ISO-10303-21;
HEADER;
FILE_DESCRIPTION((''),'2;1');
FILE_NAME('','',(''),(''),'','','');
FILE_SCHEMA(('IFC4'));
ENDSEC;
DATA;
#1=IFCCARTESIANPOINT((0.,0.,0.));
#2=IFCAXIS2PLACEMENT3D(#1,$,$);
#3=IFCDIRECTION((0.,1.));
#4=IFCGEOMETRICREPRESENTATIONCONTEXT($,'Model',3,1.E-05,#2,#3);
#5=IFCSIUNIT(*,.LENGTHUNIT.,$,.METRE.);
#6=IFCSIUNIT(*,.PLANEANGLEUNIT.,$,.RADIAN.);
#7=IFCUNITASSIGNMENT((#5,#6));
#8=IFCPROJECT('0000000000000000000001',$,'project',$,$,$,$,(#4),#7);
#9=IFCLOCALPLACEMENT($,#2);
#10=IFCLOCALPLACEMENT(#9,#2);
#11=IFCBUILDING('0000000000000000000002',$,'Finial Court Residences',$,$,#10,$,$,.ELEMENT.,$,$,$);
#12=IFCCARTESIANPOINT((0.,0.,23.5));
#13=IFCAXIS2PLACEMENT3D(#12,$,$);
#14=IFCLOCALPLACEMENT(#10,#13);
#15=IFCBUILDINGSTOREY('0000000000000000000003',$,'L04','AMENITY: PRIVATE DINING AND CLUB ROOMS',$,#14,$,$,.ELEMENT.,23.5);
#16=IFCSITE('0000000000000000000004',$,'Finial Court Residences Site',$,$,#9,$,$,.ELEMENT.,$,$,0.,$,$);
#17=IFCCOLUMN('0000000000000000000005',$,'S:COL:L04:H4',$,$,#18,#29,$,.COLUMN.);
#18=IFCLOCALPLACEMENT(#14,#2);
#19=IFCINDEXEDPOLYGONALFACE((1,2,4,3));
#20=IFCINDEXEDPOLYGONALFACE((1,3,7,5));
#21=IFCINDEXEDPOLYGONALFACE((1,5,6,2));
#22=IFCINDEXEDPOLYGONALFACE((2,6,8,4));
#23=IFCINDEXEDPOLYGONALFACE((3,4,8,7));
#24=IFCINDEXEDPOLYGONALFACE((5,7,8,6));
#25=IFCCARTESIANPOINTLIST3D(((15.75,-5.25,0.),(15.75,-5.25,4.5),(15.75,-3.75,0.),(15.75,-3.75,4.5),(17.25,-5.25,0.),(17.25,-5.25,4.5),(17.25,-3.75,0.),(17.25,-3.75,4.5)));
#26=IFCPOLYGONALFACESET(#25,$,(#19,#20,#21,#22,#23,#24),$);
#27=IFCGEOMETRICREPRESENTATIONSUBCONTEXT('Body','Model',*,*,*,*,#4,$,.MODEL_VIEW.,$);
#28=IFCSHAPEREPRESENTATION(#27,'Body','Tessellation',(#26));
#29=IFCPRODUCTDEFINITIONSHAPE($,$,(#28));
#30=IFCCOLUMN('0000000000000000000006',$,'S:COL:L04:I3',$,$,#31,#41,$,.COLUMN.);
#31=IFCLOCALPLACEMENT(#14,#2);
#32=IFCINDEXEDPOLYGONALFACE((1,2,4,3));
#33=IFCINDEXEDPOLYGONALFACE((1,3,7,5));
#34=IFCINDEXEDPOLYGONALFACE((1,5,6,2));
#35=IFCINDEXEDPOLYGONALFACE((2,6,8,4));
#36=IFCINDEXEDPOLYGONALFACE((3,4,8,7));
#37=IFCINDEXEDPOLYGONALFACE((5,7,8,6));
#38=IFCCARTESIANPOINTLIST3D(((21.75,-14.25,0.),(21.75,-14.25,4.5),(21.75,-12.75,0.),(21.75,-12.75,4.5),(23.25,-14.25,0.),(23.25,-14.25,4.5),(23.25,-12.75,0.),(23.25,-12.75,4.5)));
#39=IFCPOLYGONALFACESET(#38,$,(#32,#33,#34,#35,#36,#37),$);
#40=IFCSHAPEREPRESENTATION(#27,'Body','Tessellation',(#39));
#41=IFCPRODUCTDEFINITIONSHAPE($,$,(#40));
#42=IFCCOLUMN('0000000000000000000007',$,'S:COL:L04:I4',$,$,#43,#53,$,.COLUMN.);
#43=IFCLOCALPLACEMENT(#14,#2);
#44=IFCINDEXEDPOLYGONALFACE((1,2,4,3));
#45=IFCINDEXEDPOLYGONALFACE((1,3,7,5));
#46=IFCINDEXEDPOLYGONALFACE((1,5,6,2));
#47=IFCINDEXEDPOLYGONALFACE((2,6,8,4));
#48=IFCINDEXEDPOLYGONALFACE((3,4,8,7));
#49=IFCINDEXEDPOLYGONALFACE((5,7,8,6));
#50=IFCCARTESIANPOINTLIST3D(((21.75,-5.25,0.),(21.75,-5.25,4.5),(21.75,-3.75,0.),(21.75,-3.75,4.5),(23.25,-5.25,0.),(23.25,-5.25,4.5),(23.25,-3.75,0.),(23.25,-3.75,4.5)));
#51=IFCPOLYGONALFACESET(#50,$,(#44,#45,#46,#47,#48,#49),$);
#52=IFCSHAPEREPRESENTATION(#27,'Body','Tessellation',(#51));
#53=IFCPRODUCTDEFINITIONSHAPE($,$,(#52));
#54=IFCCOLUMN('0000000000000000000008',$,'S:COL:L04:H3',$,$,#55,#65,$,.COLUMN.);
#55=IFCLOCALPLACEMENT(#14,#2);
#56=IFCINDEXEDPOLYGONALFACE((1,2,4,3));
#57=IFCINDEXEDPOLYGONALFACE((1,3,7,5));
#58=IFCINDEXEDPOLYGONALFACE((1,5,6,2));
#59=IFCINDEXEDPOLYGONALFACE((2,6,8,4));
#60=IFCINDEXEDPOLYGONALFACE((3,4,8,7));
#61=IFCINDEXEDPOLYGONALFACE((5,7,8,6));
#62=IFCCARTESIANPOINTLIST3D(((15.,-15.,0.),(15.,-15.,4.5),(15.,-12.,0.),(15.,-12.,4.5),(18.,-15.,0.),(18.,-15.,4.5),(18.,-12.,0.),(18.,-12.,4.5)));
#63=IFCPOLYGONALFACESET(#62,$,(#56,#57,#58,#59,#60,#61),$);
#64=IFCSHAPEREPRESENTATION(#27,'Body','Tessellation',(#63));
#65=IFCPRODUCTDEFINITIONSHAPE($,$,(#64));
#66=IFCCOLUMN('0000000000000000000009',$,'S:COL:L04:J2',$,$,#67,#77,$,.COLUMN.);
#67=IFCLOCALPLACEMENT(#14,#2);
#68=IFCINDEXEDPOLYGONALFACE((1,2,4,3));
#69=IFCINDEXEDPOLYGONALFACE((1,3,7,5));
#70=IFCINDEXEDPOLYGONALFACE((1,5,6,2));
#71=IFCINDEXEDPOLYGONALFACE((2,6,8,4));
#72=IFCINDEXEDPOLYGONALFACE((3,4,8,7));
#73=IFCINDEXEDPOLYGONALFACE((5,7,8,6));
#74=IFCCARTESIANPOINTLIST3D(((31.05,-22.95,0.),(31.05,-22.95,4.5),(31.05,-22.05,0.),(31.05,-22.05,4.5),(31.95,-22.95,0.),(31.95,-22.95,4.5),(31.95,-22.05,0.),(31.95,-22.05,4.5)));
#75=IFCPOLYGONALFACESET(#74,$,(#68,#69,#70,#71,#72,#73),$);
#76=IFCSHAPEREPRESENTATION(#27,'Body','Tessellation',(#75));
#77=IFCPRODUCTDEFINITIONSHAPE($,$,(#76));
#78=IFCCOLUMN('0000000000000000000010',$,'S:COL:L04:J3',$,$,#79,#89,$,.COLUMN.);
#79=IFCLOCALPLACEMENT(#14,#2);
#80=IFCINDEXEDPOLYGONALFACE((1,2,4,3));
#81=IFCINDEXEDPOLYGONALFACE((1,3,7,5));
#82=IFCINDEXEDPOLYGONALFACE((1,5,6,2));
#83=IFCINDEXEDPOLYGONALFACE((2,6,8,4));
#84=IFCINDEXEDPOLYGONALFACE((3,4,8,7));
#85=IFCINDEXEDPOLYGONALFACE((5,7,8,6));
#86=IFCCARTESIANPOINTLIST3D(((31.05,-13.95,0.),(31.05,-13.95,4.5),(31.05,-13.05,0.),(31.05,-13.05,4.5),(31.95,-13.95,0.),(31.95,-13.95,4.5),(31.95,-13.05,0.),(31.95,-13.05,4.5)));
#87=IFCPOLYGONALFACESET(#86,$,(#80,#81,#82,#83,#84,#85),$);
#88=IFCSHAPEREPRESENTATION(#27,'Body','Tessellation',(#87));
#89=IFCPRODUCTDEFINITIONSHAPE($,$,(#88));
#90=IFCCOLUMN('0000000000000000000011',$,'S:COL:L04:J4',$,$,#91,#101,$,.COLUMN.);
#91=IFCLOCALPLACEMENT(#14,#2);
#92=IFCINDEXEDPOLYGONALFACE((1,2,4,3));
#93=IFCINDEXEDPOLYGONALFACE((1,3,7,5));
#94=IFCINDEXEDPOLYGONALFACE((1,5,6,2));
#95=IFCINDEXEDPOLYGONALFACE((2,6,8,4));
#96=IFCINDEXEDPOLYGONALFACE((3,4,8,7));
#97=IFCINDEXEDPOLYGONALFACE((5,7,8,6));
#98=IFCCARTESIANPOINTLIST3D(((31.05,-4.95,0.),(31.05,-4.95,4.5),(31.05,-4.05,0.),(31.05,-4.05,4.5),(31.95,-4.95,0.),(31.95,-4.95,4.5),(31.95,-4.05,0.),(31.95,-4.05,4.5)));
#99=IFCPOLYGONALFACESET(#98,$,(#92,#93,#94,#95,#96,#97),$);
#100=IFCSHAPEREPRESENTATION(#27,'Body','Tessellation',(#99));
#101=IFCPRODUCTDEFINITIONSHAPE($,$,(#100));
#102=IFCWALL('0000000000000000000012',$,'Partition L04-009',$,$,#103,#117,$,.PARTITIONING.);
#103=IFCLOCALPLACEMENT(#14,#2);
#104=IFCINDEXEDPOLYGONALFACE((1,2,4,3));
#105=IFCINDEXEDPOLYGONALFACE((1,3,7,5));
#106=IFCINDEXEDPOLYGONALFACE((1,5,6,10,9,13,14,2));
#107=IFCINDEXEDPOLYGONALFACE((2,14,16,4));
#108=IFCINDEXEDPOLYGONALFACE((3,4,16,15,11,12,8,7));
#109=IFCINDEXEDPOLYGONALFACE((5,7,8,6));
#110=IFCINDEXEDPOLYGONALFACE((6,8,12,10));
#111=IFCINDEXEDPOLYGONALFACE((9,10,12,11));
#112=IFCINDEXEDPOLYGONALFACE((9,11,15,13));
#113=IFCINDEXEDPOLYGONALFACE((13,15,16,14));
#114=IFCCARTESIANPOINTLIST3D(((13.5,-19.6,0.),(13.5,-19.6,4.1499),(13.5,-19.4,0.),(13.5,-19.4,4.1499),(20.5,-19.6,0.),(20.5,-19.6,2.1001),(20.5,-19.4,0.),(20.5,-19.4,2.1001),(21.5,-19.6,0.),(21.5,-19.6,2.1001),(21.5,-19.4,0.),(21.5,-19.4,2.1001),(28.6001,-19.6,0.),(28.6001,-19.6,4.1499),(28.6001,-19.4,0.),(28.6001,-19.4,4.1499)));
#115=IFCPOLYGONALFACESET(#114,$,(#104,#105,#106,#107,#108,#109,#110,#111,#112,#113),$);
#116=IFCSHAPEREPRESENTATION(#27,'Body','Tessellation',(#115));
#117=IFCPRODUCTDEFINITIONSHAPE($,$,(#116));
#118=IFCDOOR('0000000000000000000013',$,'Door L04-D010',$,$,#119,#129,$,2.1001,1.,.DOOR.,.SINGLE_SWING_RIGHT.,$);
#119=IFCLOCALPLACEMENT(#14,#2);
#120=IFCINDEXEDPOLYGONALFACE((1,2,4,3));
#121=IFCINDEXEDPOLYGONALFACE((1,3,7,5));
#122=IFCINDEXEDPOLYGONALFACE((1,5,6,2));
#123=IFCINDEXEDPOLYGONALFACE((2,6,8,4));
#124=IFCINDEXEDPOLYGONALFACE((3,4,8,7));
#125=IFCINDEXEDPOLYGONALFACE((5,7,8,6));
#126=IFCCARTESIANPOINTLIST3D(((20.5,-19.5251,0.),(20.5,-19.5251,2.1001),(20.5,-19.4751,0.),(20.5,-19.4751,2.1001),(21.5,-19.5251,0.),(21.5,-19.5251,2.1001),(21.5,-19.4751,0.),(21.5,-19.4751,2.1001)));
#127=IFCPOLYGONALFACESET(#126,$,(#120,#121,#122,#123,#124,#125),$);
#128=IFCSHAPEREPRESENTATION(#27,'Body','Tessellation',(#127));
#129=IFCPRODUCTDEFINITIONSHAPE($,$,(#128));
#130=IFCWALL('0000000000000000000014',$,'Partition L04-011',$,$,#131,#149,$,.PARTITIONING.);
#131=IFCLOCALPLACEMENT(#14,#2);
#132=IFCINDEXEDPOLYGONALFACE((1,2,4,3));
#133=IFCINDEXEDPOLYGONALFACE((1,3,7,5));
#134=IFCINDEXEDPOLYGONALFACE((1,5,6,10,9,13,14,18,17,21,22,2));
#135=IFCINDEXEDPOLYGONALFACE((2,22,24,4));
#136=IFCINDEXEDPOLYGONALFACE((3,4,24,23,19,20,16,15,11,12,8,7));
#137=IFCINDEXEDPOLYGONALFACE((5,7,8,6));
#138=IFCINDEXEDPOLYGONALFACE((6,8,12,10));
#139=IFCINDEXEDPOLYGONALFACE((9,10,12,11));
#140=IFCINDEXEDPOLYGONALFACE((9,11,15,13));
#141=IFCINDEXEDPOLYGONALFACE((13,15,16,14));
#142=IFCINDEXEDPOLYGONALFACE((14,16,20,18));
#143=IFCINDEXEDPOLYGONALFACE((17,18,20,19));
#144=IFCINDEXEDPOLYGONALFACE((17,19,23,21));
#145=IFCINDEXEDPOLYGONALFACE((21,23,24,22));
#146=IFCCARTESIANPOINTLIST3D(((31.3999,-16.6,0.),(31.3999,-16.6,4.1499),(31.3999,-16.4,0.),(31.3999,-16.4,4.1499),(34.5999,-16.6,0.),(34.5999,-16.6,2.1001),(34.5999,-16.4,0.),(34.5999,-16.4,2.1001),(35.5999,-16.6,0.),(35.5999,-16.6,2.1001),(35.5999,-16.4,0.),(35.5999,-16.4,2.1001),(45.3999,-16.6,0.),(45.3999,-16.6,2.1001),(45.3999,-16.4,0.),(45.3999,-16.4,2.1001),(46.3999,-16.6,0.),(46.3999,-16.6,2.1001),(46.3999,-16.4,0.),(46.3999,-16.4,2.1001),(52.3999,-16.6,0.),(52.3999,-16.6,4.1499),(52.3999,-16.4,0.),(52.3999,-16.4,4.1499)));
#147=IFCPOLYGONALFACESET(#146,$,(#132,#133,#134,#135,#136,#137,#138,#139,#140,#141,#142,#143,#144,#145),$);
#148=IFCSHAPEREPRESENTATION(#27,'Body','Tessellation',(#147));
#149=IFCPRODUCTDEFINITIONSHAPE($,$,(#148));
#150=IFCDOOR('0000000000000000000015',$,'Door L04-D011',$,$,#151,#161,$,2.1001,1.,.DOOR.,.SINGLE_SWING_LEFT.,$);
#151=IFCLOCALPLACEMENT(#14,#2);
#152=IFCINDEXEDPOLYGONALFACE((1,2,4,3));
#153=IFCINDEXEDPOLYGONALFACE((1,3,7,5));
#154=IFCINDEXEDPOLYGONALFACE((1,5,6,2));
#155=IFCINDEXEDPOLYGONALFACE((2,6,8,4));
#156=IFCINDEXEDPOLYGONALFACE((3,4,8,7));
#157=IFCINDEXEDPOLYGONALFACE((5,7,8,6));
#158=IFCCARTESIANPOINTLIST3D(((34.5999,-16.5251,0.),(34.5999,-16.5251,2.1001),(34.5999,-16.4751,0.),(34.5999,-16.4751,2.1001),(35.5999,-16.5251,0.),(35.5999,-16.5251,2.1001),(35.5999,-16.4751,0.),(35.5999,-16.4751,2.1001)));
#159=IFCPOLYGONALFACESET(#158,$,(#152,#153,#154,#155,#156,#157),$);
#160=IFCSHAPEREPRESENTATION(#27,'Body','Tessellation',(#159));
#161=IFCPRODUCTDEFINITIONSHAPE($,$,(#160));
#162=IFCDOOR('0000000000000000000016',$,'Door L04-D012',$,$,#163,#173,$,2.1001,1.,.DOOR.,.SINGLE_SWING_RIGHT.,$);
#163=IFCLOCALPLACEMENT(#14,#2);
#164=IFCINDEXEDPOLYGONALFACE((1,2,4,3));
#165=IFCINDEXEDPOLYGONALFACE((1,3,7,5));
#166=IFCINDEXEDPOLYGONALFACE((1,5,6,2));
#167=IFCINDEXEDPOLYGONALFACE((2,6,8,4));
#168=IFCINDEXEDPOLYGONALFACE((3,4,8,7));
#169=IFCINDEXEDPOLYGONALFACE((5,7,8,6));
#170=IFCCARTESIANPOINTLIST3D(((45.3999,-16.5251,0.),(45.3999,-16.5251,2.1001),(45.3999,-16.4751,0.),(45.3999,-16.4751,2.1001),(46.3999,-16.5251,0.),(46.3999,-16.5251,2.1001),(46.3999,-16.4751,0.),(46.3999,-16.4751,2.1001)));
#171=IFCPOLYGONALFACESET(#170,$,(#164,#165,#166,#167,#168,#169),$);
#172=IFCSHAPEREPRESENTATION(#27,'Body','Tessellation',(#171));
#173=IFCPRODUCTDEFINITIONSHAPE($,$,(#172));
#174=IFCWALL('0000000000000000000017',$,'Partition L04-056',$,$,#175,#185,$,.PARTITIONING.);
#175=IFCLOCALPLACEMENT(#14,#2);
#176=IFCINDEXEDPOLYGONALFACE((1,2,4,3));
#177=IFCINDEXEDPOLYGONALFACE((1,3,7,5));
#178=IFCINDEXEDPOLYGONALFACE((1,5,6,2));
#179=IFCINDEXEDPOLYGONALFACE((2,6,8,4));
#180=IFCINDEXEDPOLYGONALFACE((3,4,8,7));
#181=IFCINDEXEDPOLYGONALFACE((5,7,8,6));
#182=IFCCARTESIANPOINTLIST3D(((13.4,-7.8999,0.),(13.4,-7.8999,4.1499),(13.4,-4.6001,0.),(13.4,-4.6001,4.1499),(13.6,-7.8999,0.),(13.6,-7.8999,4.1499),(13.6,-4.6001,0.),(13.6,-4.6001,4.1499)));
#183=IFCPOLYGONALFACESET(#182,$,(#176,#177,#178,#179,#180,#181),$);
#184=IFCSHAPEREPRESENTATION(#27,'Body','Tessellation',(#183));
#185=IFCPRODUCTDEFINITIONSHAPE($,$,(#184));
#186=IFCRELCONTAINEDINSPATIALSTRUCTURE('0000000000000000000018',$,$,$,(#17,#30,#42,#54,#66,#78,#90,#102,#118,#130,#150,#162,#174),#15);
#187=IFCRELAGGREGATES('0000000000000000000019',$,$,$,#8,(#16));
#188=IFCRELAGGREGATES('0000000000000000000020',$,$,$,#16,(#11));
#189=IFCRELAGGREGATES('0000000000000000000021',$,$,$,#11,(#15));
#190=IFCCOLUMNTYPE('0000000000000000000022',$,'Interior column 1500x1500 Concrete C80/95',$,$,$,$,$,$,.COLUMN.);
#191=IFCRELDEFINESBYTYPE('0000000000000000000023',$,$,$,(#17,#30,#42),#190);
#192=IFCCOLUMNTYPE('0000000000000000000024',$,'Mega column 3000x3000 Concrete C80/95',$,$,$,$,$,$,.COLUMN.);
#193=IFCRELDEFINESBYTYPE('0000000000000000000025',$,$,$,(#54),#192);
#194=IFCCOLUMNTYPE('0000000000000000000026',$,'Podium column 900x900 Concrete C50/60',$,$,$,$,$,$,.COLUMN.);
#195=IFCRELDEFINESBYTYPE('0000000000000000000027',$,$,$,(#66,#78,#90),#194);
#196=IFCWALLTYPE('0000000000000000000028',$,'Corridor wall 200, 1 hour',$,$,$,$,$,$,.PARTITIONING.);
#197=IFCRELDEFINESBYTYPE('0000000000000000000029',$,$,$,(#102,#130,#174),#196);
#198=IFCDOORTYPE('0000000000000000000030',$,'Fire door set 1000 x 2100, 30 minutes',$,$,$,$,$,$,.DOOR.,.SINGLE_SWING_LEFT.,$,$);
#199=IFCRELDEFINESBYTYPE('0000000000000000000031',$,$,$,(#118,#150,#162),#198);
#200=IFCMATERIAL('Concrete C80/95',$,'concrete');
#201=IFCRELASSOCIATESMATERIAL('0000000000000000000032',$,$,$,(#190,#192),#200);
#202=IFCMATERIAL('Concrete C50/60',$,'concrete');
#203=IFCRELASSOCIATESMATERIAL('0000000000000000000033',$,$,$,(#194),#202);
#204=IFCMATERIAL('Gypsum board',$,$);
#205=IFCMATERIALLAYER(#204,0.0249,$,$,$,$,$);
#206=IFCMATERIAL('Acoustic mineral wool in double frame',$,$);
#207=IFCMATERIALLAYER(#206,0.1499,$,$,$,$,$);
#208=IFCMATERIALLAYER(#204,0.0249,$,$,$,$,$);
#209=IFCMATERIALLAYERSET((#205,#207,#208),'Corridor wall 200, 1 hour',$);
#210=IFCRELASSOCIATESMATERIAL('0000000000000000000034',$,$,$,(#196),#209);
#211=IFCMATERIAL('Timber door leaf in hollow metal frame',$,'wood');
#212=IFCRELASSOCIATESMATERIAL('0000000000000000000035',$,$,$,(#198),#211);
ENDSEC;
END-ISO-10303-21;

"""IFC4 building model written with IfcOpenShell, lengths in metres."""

from ifc_helpers import new_model, si_unit, direction, frame, frame_2d, origin, origin_2d, place, context, subcontext, project, spatial, rectangle, extrude, material, layer, layer_set, material_profile, profile_set, type_object, element, fill, save


model = new_model("IFC4")

# Units and contexts
model_context = context("Model", 3, precision=1e-05, world=origin(), true_north=direction((0.0, 1.0)))
body_context = subcontext(model_context, "Body", "Model", "MODEL_VIEW")
ifc_project = project(units=[si_unit("LENGTHUNIT", "METRE"), si_unit("PLANEANGLEUNIT", "RADIAN")], contexts=[model_context])

# Site, building, storey
site_placement = place(None, origin())
site = spatial("IfcSite", under=ifc_project, at=site_placement, Name="Finial Court Residences Site", CompositionType="ELEMENT", RefElevation=0.0)
building_placement = place(site_placement, origin())
building = spatial("IfcBuilding", under=site, at=building_placement, Name="Finial Court Residences", CompositionType="ELEMENT")
storey_placement = place(building_placement, frame((0.0, 0.0, 23.5)))
storey = spatial("IfcBuildingStorey", under=building, at=storey_placement, Name="L04", Description="AMENITY: PRIVATE DINING AND CLUB ROOMS", CompositionType="ELEMENT", Elevation=23.5)

# Columns
ifc_material_1 = material(Name="Concrete C80/95", Category="concrete")
ifc_material_profile_1 = material_profile(ifc_material_1, rectangle(XDim=1.5, YDim=1.5, at=origin_2d()), Name="1500x1500")
ifc_profile_set_1 = profile_set([ifc_material_profile_1], Name="Concrete C80/95")
column_type_1 = type_object("IfcColumnType", Name="Interior column 1500x1500 Concrete C80/95", PredefinedType="COLUMN", material=ifc_profile_set_1)
for number, where, z_axis, x_axis, name in (
    (1, (16.5, -4.5, 0.0), (0.0, 0.0, 1.0), (1.0, 0.0, 0.0), "S:COL:L04:H4"),
    (2, (22.5, -13.5, 0.0), (0.0, 0.0, 1.0), (1.0, 0.0, 0.0), "S:COL:L04:I3"),
    (3, (22.5, -4.5, 0.0), (0.0, 0.0, 1.0), (1.0, 0.0, 0.0), "S:COL:L04:I4"),
):
    element("IfcColumn", number, at=place(storey_placement, frame(where, z_axis=z_axis, x_axis=x_axis)), inside=storey, type_object=column_type_1, Name=name, PredefinedType="COLUMN", context=body_context, shape_type="SweptSolid", body=[
        extrude(rectangle(XDim=1.5, YDim=1.5, at=origin_2d()), origin(), (0.0, 0.0, 1.0), 4.5),
    ])
ifc_material_profile_2 = material_profile(ifc_material_1, rectangle(XDim=3.0, YDim=3.0, at=origin_2d()), Name="3000x3000")
ifc_profile_set_2 = profile_set([ifc_material_profile_2], Name="Concrete C80/95")
column_type_2 = type_object("IfcColumnType", Name="Mega column 3000x3000 Concrete C80/95", PredefinedType="COLUMN", material=ifc_profile_set_2)
column_placement = place(storey_placement, frame((16.5, -13.5, 0.0), z_axis=(0.0, 0.0, 1.0), x_axis=(1.0, 0.0, 0.0)))
element("IfcColumn", 4, at=column_placement, inside=storey, type_object=column_type_2, Name="S:COL:L04:H3", PredefinedType="COLUMN", context=body_context, shape_type="SweptSolid", body=[
    extrude(rectangle(XDim=3.0, YDim=3.0, at=origin_2d()), origin(), (0.0, 0.0, 1.0), 4.5),
])
ifc_material_2 = material(Name="Concrete C50/60", Category="concrete")
ifc_material_profile_3 = material_profile(ifc_material_2, rectangle(XDim=0.8999, YDim=0.8999, at=origin_2d()), Name="900x900")
ifc_profile_set_3 = profile_set([ifc_material_profile_3], Name="Concrete C50/60")
column_type_3 = type_object("IfcColumnType", Name="Podium column 900x900 Concrete C50/60", PredefinedType="COLUMN", material=ifc_profile_set_3)
for number, where, z_axis, x_axis, name in (
    (5, (31.5, -22.5, 0.0), (0.0, 0.0, 1.0), (1.0, 0.0, 0.0), "S:COL:L04:J2"),
    (6, (31.5, -13.5, 0.0), (0.0, 0.0, 1.0), (1.0, 0.0, 0.0), "S:COL:L04:J3"),
    (7, (31.5, -4.5, 0.0), (0.0, 0.0, 1.0), (1.0, 0.0, 0.0), "S:COL:L04:J4"),
):
    element("IfcColumn", number, at=place(storey_placement, frame(where, z_axis=z_axis, x_axis=x_axis)), inside=storey, type_object=column_type_3, Name=name, PredefinedType="COLUMN", context=body_context, shape_type="SweptSolid", body=[
        extrude(rectangle(XDim=0.8999, YDim=0.8999, at=origin_2d()), origin(), (0.0, 0.0, 1.0), 4.5),
    ])

# Wall, opening, door
ifc_material_3 = material(Name="Gypsum board")
ifc_layer_1 = layer(ifc_material_3, 0.0249)
ifc_material_4 = material(Name="Acoustic mineral wool in double frame")
ifc_layer_2 = layer(ifc_material_4, 0.1499)
ifc_layer_3 = layer(ifc_material_3, 0.0249)
ifc_layer_set_1 = layer_set([ifc_layer_1, ifc_layer_2, ifc_layer_3], Name="Corridor wall 200, 1 hour")
wall_type_1 = type_object("IfcWallType", Name="Corridor wall 200, 1 hour", PredefinedType="PARTITIONING", material=ifc_layer_set_1)
wall_1_placement = place(storey_placement, frame((13.5, -19.5, 0.0), z_axis=(0.0, 0.0, 1.0), x_axis=(1.0, 0.0, 0.0)))
wall_1 = element("IfcWall", 8, at=wall_1_placement, inside=storey, type_object=wall_type_1, Name="Partition L04-009", PredefinedType="PARTITIONING", context=body_context, shape_type="SweptSolid", body=[
    extrude(rectangle(XDim=15.1001, YDim=0.2, at=frame_2d((7.55, 0.0))), origin(), (0.0, 0.0, 1.0), 4.1499),
])
opening_1_placement = place(wall_1_placement, frame((7.0, 0.0, 0.0)))
opening_1 = element("IfcOpeningElement", 9, at=opening_1_placement, cuts=wall_1, PredefinedType="OPENING", context=body_context, shape_type="SweptSolid", body=[
    extrude(rectangle(XDim=1.0, YDim=2.1001, at=frame_2d((0.5, 1.05))), frame((0.0, 0.1099, 0.0), z_axis=(0.0, -1.0, 0.0), x_axis=(1.0, 0.0, 0.0)), (0.0, 0.0, 1.0), 0.22),
])
ifc_material_5 = material(Name="Timber door leaf in hollow metal frame", Category="wood")
door_type = type_object("IfcDoorType", Name="Fire door set 1000 x 2100, 30 minutes", OperationType="SINGLE_SWING_LEFT", PredefinedType="DOOR", material=ifc_material_5)
door_1_placement = place(opening_1_placement, origin())
door_1 = element("IfcDoor", 10, at=door_1_placement, inside=storey, type_object=door_type, Name="Door L04-D010", OperationType="SINGLE_SWING_RIGHT", OverallHeight=2.1001, OverallWidth=1.0, PredefinedType="DOOR", context=body_context, shape_type="SweptSolid", body=[
    extrude(rectangle(XDim=1.0, YDim=2.1001, at=frame_2d((0.5, 1.05))), frame((0.0, 0.0249, 0.0), z_axis=(0.0, -1.0, 0.0), x_axis=(1.0, 0.0, 0.0)), (0.0, 0.0, 1.0), 0.05),
])
fill(opening_1, door_1)

# Wall, openings, doors
wall_2_placement = place(storey_placement, frame((31.3999, -16.5, 0.0), z_axis=(0.0, 0.0, 1.0), x_axis=(1.0, 0.0, 0.0)))
wall_2 = element("IfcWall", 11, at=wall_2_placement, inside=storey, type_object=wall_type_1, Name="Partition L04-011", PredefinedType="PARTITIONING", context=body_context, shape_type="SweptSolid", body=[
    extrude(rectangle(XDim=21.0, YDim=0.2, at=frame_2d((10.5, 0.0))), origin(), (0.0, 0.0, 1.0), 4.1499),
])
opening_2_placement = place(wall_2_placement, frame((3.2, 0.0, 0.0)))
opening_2 = element("IfcOpeningElement", 12, at=opening_2_placement, cuts=wall_2, PredefinedType="OPENING", context=body_context, shape_type="SweptSolid", body=[
    extrude(rectangle(XDim=1.0, YDim=2.1001, at=frame_2d((0.5, 1.05))), frame((0.0, 0.1099, 0.0), z_axis=(0.0, -1.0, 0.0), x_axis=(1.0, 0.0, 0.0)), (0.0, 0.0, 1.0), 0.22),
])
opening_3_placement = place(wall_2_placement, frame((14.0, 0.0, 0.0)))
opening_3 = element("IfcOpeningElement", 13, at=opening_3_placement, cuts=wall_2, PredefinedType="OPENING", context=body_context, shape_type="SweptSolid", body=[
    extrude(rectangle(XDim=1.0, YDim=2.1001, at=frame_2d((0.5, 1.05))), frame((0.0, 0.1099, 0.0), z_axis=(0.0, -1.0, 0.0), x_axis=(1.0, 0.0, 0.0)), (0.0, 0.0, 1.0), 0.22),
])
door_2_placement = place(opening_2_placement, origin())
door_2 = element("IfcDoor", 14, at=door_2_placement, inside=storey, type_object=door_type, Name="Door L04-D011", OperationType="SINGLE_SWING_LEFT", OverallHeight=2.1001, OverallWidth=1.0, PredefinedType="DOOR", context=body_context, shape_type="SweptSolid", body=[
    extrude(rectangle(XDim=1.0, YDim=2.1001, at=frame_2d((0.5, 1.05))), frame((0.0, 0.0249, 0.0), z_axis=(0.0, -1.0, 0.0), x_axis=(1.0, 0.0, 0.0)), (0.0, 0.0, 1.0), 0.05),
])
fill(opening_2, door_2)
door_3_placement = place(opening_3_placement, origin())
door_3 = element("IfcDoor", 15, at=door_3_placement, inside=storey, type_object=door_type, Name="Door L04-D012", OperationType="SINGLE_SWING_RIGHT", OverallHeight=2.1001, OverallWidth=1.0, PredefinedType="DOOR", context=body_context, shape_type="SweptSolid", body=[
    extrude(rectangle(XDim=1.0, YDim=2.1001, at=frame_2d((0.5, 1.05))), frame((0.0, 0.0249, 0.0), z_axis=(0.0, -1.0, 0.0), x_axis=(1.0, 0.0, 0.0)), (0.0, 0.0, 1.0), 0.05),
])
fill(opening_3, door_3)

# Wall
wall_3_placement = place(storey_placement, frame((13.5, -7.8999, 0.0), z_axis=(0.0, 0.0, 1.0), x_axis=(0.0, 1.0, 0.0)))
element("IfcWall", 16, at=wall_3_placement, inside=storey, type_object=wall_type_1, Name="Partition L04-056", PredefinedType="PARTITIONING", context=body_context, shape_type="SweptSolid", body=[
    extrude(rectangle(XDim=3.2998, YDim=0.2, at=frame_2d((1.6499, 0.0))), origin(), (0.0, 0.0, 1.0), 4.1499),
])

save(model, "model.ifc")
